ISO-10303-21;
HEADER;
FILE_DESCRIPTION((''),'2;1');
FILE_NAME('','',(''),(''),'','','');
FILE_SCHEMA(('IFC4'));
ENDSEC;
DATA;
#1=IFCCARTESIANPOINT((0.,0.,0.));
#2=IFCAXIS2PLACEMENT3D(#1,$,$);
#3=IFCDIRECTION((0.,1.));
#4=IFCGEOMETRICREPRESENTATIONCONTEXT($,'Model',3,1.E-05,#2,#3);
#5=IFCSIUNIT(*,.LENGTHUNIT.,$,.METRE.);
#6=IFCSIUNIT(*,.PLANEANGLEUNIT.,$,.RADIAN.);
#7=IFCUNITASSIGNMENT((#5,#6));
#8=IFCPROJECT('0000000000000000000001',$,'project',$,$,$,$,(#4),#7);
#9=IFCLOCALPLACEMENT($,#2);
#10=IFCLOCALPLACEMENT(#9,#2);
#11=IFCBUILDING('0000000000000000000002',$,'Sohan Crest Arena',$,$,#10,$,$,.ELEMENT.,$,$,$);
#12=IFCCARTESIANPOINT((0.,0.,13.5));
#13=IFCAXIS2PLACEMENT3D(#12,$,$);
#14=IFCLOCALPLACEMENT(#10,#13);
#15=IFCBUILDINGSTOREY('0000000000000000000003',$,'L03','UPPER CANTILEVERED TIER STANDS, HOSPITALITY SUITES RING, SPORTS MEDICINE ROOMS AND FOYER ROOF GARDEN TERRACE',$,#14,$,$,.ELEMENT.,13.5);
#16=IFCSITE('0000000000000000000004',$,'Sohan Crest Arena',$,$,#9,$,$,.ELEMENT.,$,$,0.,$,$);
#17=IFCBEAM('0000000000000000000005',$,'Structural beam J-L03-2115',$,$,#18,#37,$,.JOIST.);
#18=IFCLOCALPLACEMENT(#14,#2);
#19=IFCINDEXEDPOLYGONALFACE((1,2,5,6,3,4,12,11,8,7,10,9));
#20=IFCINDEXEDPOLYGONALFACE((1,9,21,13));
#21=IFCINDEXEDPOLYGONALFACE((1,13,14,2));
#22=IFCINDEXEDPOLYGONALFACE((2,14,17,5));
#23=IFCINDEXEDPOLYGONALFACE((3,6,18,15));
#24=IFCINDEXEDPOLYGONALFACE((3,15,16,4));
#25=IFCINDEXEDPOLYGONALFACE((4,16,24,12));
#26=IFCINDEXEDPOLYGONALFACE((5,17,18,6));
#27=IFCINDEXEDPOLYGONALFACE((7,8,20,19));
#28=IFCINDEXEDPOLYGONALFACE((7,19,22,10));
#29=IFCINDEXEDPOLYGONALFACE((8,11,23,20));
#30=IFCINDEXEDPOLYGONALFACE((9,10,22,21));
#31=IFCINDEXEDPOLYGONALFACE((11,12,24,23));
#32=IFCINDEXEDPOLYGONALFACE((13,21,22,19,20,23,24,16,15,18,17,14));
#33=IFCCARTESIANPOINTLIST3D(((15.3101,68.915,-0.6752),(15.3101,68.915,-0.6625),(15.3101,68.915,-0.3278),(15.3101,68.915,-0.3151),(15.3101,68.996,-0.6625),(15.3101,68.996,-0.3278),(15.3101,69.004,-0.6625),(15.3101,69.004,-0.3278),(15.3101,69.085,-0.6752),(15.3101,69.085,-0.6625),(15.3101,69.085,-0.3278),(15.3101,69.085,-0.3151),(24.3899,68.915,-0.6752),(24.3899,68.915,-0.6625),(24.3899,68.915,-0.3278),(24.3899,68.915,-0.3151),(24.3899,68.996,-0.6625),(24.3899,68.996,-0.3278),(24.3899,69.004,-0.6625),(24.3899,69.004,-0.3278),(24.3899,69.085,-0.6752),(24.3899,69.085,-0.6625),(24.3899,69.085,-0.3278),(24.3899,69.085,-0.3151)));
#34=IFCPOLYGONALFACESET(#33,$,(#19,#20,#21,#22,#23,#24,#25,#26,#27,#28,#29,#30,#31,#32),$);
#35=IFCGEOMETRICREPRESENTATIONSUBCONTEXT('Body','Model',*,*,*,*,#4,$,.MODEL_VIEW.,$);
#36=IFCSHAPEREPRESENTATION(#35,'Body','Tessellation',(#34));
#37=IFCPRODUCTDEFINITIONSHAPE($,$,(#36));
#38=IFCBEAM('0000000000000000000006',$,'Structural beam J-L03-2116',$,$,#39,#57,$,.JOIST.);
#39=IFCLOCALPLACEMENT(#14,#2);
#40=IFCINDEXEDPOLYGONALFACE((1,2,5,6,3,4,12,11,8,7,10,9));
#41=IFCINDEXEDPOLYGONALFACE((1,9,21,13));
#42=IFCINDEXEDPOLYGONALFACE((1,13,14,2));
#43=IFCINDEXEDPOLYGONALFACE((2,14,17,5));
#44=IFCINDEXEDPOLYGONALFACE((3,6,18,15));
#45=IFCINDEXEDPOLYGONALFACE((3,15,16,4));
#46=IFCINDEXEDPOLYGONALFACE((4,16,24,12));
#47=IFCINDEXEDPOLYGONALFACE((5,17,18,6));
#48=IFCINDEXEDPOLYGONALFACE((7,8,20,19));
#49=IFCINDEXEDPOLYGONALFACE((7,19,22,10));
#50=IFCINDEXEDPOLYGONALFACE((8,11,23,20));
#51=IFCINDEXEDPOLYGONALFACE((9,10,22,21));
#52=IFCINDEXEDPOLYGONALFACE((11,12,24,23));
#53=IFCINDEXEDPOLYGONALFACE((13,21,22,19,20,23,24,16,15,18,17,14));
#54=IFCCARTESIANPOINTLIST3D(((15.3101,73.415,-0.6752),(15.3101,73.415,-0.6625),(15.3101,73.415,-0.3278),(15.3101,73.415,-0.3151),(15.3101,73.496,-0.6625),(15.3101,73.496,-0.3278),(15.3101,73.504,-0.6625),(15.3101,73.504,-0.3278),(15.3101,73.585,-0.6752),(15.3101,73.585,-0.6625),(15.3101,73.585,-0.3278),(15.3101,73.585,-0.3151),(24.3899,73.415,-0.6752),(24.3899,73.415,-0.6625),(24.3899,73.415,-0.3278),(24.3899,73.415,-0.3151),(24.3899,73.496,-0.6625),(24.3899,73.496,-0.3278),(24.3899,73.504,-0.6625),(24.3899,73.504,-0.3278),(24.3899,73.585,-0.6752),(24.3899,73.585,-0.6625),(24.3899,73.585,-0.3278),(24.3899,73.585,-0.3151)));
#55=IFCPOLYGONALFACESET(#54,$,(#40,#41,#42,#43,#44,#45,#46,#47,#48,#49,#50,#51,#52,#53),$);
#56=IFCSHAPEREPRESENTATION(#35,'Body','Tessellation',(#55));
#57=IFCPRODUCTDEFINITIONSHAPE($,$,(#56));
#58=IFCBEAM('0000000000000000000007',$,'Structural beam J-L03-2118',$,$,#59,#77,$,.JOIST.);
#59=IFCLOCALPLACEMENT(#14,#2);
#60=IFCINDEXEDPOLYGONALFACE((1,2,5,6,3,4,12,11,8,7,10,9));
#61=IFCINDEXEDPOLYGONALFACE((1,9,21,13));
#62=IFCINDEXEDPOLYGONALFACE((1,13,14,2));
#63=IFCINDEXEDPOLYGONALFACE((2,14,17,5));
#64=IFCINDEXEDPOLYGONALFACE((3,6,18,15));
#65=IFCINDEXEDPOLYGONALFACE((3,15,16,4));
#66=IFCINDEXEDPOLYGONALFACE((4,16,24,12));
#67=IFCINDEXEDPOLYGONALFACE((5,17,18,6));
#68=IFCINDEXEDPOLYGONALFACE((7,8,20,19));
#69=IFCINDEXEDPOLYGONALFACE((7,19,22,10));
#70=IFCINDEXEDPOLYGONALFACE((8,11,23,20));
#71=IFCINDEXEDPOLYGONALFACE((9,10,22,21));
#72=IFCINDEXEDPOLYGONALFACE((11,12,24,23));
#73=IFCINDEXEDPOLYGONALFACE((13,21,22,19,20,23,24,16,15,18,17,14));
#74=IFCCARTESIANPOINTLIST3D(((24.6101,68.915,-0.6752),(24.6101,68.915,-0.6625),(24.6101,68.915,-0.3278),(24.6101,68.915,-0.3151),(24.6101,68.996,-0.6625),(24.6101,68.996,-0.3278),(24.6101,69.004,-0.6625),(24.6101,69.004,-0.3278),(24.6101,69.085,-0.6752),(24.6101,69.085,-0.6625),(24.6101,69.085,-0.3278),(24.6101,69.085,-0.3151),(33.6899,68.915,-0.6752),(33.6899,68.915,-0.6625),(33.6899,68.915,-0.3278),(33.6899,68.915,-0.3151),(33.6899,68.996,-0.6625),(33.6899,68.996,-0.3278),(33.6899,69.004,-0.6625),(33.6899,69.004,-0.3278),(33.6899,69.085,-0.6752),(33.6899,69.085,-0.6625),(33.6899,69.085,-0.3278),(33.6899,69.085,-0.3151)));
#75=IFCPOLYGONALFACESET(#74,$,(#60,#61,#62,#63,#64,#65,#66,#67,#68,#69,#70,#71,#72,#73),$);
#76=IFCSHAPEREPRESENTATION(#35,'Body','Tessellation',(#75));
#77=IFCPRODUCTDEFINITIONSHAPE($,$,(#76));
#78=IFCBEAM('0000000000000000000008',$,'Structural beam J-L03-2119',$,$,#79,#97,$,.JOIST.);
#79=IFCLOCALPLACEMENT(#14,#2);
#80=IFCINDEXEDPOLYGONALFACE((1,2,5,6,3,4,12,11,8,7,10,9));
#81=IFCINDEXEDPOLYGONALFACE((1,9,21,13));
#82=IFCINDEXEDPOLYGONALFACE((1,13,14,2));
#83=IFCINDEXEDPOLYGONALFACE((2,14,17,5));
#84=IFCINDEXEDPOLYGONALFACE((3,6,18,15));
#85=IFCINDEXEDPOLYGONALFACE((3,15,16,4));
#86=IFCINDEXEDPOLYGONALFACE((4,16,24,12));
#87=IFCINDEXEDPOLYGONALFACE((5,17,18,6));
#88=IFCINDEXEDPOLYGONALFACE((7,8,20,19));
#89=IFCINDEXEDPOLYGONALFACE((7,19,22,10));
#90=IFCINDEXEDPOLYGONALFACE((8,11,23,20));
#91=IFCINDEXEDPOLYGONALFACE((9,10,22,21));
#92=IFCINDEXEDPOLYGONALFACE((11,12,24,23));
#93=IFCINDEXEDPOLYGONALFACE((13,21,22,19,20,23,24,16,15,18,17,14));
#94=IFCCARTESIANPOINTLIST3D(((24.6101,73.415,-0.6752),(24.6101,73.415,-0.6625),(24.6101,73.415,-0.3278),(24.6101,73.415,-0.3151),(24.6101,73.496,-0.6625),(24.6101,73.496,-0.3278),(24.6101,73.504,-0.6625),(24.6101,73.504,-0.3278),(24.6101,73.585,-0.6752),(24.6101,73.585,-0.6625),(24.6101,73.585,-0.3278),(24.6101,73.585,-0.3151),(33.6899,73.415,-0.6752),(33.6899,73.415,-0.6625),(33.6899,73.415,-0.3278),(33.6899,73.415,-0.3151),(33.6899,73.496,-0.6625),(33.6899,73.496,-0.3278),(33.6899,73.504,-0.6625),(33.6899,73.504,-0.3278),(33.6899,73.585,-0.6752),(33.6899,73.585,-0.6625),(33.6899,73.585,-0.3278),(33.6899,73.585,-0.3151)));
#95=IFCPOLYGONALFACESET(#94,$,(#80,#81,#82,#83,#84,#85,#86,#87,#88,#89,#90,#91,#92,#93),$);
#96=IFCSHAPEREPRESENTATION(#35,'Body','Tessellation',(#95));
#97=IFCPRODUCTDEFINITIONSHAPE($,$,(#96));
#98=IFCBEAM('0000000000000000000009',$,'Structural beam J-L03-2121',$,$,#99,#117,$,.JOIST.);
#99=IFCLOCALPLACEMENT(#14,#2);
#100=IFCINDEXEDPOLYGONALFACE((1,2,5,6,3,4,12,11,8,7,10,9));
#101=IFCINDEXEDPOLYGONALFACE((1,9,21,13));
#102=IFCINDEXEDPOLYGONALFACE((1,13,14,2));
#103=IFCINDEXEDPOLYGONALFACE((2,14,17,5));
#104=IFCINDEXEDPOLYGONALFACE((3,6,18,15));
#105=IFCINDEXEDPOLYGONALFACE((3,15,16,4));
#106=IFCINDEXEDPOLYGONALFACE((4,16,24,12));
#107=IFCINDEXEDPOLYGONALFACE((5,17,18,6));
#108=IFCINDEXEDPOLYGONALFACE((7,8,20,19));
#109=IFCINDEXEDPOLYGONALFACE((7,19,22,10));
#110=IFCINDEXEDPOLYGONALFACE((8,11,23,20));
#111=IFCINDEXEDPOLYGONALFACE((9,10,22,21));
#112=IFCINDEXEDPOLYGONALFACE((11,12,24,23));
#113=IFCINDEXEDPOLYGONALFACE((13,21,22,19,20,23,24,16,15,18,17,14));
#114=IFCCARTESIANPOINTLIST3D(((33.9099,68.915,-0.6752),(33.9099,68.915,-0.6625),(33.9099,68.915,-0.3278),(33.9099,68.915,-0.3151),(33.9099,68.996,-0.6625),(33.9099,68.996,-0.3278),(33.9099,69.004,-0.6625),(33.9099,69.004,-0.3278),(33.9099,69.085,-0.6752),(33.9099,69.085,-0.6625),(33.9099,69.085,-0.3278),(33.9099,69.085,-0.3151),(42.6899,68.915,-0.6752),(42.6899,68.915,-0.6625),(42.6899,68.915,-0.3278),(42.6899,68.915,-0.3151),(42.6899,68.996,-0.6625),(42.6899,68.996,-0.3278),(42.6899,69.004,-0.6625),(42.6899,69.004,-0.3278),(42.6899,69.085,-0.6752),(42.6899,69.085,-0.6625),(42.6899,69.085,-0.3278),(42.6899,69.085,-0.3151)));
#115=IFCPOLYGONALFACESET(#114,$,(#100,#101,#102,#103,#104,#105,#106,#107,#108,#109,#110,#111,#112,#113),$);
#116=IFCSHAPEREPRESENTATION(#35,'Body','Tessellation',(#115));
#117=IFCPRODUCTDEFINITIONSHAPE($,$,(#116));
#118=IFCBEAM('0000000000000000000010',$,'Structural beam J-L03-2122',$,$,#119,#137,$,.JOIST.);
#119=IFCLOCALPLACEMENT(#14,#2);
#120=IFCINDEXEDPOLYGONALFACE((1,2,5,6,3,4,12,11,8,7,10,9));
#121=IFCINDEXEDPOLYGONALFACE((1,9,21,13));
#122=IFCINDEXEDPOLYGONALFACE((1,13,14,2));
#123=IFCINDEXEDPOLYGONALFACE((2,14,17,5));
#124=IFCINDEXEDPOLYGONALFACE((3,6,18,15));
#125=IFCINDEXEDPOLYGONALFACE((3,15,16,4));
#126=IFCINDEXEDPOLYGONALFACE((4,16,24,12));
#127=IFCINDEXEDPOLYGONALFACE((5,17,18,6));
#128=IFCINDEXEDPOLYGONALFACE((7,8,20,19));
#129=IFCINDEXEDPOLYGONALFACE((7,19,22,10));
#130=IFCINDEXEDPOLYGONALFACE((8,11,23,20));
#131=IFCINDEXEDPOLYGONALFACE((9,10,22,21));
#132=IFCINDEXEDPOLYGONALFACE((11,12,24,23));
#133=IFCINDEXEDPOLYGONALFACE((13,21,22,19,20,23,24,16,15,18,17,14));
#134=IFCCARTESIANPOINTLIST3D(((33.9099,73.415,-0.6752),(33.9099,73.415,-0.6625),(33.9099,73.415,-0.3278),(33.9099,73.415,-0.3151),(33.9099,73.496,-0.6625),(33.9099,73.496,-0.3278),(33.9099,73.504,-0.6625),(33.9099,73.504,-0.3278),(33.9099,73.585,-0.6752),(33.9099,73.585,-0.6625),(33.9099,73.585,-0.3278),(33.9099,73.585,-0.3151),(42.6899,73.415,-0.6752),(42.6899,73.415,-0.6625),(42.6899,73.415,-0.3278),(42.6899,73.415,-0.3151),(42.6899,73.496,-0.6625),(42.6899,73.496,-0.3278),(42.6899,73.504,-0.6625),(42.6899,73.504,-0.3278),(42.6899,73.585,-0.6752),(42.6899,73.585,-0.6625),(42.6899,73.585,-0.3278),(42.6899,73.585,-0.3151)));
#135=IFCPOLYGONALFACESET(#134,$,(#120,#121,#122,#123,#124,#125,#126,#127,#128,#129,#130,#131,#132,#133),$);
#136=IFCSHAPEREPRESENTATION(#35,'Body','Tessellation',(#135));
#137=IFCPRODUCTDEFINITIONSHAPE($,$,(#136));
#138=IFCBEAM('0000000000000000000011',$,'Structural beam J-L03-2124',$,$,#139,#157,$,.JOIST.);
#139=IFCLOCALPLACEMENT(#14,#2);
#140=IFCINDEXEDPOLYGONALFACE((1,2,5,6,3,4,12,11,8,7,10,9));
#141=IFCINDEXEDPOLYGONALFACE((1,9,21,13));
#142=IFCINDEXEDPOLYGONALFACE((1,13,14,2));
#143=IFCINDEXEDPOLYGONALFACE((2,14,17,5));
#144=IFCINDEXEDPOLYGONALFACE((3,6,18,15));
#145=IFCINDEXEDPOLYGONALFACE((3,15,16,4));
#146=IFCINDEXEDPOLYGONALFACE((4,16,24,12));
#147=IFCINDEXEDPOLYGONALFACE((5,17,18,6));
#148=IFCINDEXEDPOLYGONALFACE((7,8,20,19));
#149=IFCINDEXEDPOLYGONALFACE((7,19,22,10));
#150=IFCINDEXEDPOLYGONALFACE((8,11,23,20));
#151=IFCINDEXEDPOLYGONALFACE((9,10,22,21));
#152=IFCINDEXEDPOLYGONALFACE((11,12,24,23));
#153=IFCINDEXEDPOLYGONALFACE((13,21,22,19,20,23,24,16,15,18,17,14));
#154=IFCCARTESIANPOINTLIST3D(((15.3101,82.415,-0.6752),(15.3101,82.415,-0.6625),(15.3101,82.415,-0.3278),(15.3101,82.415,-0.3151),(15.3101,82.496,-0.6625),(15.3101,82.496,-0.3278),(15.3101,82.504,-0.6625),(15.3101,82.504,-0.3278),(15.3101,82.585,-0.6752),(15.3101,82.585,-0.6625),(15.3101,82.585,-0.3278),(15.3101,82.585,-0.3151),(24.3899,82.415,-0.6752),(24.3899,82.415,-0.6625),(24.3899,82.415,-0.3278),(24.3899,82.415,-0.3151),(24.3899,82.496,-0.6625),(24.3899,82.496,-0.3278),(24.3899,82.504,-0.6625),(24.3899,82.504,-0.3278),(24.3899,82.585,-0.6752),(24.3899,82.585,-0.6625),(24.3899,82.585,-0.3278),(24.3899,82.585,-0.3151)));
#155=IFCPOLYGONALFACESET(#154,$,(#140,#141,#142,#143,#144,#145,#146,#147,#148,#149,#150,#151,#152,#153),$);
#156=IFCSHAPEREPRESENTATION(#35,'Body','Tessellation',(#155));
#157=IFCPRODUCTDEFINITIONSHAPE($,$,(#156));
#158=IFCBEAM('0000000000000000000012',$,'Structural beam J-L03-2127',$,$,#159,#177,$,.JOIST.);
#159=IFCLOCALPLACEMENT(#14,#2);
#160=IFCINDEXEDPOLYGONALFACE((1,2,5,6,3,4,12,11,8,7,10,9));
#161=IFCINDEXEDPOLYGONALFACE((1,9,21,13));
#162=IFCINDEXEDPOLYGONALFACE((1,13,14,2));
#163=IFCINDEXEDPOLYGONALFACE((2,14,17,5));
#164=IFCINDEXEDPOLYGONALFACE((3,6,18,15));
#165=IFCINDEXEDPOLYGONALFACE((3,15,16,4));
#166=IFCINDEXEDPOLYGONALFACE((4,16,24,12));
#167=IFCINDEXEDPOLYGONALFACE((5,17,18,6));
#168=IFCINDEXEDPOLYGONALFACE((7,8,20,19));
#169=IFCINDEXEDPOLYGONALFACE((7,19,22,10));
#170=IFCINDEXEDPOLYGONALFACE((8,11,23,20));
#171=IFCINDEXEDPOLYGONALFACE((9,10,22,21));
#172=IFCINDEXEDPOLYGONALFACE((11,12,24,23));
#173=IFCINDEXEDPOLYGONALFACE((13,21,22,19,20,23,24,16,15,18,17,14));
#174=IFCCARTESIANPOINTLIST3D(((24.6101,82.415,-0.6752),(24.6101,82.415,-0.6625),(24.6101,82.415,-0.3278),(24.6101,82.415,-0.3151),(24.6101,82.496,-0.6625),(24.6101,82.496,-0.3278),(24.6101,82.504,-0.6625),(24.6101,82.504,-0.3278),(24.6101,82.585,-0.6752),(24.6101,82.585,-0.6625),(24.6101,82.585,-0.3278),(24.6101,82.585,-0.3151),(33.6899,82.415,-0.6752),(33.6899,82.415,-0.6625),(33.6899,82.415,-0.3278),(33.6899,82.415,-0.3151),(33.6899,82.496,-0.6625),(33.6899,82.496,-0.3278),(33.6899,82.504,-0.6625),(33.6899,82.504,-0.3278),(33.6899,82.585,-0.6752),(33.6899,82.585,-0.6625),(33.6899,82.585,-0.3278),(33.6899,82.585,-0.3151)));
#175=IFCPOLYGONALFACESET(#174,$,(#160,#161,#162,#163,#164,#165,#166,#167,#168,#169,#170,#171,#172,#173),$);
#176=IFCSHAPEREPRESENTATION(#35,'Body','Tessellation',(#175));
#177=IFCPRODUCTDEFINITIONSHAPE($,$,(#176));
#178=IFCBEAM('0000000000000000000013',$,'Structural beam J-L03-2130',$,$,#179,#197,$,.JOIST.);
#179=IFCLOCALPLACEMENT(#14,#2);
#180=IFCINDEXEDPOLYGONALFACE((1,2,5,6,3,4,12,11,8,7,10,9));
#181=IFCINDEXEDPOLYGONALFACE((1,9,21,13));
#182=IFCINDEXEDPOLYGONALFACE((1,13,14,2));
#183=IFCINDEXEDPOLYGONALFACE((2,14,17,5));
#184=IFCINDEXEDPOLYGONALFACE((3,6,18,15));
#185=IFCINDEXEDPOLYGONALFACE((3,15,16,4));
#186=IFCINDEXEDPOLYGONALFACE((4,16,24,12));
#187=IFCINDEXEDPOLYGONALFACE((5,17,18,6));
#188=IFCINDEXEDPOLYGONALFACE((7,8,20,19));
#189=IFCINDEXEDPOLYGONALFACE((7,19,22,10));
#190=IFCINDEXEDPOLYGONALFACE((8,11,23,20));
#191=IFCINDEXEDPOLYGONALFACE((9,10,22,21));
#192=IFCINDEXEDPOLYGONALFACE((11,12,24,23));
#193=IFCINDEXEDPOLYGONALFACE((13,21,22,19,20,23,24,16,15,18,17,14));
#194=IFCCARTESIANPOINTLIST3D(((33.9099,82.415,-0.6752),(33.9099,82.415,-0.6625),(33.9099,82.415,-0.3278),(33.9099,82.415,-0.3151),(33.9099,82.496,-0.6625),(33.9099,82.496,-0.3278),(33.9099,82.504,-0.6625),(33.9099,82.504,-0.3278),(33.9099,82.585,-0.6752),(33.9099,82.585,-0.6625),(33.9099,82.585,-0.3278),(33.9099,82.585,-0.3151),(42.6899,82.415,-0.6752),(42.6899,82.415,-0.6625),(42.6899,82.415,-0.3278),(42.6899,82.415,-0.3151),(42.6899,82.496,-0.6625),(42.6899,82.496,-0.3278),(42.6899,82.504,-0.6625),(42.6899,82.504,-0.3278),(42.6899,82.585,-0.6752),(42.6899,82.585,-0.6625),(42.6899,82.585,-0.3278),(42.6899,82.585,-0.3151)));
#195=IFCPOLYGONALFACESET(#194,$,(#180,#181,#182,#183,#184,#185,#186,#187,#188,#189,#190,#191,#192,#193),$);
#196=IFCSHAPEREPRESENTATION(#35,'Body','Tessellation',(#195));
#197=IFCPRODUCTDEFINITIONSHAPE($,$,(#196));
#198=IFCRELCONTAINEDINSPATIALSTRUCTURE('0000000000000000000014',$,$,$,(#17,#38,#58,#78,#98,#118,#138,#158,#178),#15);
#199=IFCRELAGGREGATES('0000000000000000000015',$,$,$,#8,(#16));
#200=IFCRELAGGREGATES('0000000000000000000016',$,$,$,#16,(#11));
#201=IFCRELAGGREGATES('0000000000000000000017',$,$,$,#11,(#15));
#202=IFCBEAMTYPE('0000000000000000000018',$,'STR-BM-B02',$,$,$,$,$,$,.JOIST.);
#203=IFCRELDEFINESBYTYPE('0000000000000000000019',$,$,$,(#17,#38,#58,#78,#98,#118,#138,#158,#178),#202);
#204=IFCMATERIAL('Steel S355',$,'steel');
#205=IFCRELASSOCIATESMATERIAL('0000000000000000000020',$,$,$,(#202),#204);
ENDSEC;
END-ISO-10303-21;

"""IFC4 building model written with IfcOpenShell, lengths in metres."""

from ifc_helpers import new_model, si_unit, direction, frame, origin, origin_2d, place, context, subcontext, project, spatial, i_section, extrude, material, material_profile, profile_set, type_object, element, save


model = new_model("IFC4")

# Units and contexts
model_context = context("Model", 3, precision=1e-05, world=origin(), true_north=direction((0.0, 1.0)))
body_context = subcontext(model_context, "Body", "Model", "MODEL_VIEW")
ifc_project = project(units=[si_unit("LENGTHUNIT", "METRE"), si_unit("PLANEANGLEUNIT", "RADIAN")], contexts=[model_context])

# Site, building, storey
site_placement = place(None, origin())
site = spatial("IfcSite", under=ifc_project, at=site_placement, Name="Sohan Crest Arena", CompositionType="ELEMENT", RefElevation=0.0)
building_placement = place(site_placement, origin())
building = spatial("IfcBuilding", under=site, at=building_placement, Name="Sohan Crest Arena", CompositionType="ELEMENT")
storey_placement = place(building_placement, frame((0.0, 0.0, 13.5)))
storey = spatial("IfcBuildingStorey", under=building, at=storey_placement, Name="L03", Description="UPPER CANTILEVERED TIER STANDS, HOSPITALITY SUITES RING, SPORTS MEDICINE ROOMS AND FOYER ROOF GARDEN TERRACE", CompositionType="ELEMENT", Elevation=13.5)

# Beams
ifc_material_1 = material(Name="Steel S355", Category="steel")
ifc_material_profile_1 = material_profile(ifc_material_1, i_section(OverallWidth=0.1699, OverallDepth=0.3601, WebThickness=0.0081, FlangeThickness=0.0127, at=origin_2d()), Name="IPE 360")
ifc_profile_set_1 = profile_set([ifc_material_profile_1], Name="Steel S355")
beam_type_1 = type_object("IfcBeamType", Name="STR-BM-B02", PredefinedType="JOIST", material=ifc_profile_set_1)
for number, where, z_axis, x_axis, name in (
    (1, (15.3101, 69.0, -0.4951), (1.0, 0.0, 0.0), (0.0, 1.0, 0.0), "Structural beam J-L03-2115"),
    (2, (15.3101, 73.5, -0.4951), (1.0, 0.0, 0.0), (0.0, 1.0, 0.0), "Structural beam J-L03-2116"),
    (3, (24.6101, 69.0, -0.4951), (1.0, 0.0, 0.0), (0.0, 1.0, 0.0), "Structural beam J-L03-2118"),
    (4, (24.6101, 73.5, -0.4951), (1.0, 0.0, 0.0), (0.0, 1.0, 0.0), "Structural beam J-L03-2119"),
):
    element("IfcBeam", number, at=place(storey_placement, frame(where, z_axis=z_axis, x_axis=x_axis)), inside=storey, type_object=beam_type_1, Name=name, PredefinedType="JOIST", context=body_context, shape_type="SweptSolid", body=[
        extrude(i_section(OverallWidth=0.1699, OverallDepth=0.3601, WebThickness=0.0081, FlangeThickness=0.0127, at=origin_2d()), origin(), (0.0, 0.0, 1.0), 9.0798),
    ])
for number, where, z_axis, x_axis, name in (
    (5, (33.9099, 69.0, -0.4951), (1.0, 0.0, 0.0), (0.0, 1.0, 0.0), "Structural beam J-L03-2121"),
    (6, (33.9099, 73.5, -0.4951), (1.0, 0.0, 0.0), (0.0, 1.0, 0.0), "Structural beam J-L03-2122"),
):
    element("IfcBeam", number, at=place(storey_placement, frame(where, z_axis=z_axis, x_axis=x_axis)), inside=storey, type_object=beam_type_1, Name=name, PredefinedType="JOIST", context=body_context, shape_type="SweptSolid", body=[
        extrude(i_section(OverallWidth=0.1699, OverallDepth=0.3601, WebThickness=0.0081, FlangeThickness=0.0127, at=origin_2d()), origin(), (0.0, 0.0, 1.0), 8.78),
    ])
for number, where, z_axis, x_axis, name in (
    (7, (15.3101, 82.5, -0.4951), (1.0, 0.0, 0.0), (0.0, 1.0, 0.0), "Structural beam J-L03-2124"),
    (8, (24.6101, 82.5, -0.4951), (1.0, 0.0, 0.0), (0.0, 1.0, 0.0), "Structural beam J-L03-2127"),
):
    element("IfcBeam", number, at=place(storey_placement, frame(where, z_axis=z_axis, x_axis=x_axis)), inside=storey, type_object=beam_type_1, Name=name, PredefinedType="JOIST", context=body_context, shape_type="SweptSolid", body=[
        extrude(i_section(OverallWidth=0.1699, OverallDepth=0.3601, WebThickness=0.0081, FlangeThickness=0.0127, at=origin_2d()), origin(), (0.0, 0.0, 1.0), 9.0798),
    ])
beam_1_placement = place(storey_placement, frame((33.9099, 82.5, -0.4951), z_axis=(1.0, 0.0, 0.0), x_axis=(0.0, 1.0, 0.0)))
element("IfcBeam", 9, at=beam_1_placement, inside=storey, type_object=beam_type_1, Name="Structural beam J-L03-2130", PredefinedType="JOIST", context=body_context, shape_type="SweptSolid", body=[
    extrude(i_section(OverallWidth=0.1699, OverallDepth=0.3601, WebThickness=0.0081, FlangeThickness=0.0127, at=origin_2d()), origin(), (0.0, 0.0, 1.0), 8.78),
])

save(model, "model.ifc")
